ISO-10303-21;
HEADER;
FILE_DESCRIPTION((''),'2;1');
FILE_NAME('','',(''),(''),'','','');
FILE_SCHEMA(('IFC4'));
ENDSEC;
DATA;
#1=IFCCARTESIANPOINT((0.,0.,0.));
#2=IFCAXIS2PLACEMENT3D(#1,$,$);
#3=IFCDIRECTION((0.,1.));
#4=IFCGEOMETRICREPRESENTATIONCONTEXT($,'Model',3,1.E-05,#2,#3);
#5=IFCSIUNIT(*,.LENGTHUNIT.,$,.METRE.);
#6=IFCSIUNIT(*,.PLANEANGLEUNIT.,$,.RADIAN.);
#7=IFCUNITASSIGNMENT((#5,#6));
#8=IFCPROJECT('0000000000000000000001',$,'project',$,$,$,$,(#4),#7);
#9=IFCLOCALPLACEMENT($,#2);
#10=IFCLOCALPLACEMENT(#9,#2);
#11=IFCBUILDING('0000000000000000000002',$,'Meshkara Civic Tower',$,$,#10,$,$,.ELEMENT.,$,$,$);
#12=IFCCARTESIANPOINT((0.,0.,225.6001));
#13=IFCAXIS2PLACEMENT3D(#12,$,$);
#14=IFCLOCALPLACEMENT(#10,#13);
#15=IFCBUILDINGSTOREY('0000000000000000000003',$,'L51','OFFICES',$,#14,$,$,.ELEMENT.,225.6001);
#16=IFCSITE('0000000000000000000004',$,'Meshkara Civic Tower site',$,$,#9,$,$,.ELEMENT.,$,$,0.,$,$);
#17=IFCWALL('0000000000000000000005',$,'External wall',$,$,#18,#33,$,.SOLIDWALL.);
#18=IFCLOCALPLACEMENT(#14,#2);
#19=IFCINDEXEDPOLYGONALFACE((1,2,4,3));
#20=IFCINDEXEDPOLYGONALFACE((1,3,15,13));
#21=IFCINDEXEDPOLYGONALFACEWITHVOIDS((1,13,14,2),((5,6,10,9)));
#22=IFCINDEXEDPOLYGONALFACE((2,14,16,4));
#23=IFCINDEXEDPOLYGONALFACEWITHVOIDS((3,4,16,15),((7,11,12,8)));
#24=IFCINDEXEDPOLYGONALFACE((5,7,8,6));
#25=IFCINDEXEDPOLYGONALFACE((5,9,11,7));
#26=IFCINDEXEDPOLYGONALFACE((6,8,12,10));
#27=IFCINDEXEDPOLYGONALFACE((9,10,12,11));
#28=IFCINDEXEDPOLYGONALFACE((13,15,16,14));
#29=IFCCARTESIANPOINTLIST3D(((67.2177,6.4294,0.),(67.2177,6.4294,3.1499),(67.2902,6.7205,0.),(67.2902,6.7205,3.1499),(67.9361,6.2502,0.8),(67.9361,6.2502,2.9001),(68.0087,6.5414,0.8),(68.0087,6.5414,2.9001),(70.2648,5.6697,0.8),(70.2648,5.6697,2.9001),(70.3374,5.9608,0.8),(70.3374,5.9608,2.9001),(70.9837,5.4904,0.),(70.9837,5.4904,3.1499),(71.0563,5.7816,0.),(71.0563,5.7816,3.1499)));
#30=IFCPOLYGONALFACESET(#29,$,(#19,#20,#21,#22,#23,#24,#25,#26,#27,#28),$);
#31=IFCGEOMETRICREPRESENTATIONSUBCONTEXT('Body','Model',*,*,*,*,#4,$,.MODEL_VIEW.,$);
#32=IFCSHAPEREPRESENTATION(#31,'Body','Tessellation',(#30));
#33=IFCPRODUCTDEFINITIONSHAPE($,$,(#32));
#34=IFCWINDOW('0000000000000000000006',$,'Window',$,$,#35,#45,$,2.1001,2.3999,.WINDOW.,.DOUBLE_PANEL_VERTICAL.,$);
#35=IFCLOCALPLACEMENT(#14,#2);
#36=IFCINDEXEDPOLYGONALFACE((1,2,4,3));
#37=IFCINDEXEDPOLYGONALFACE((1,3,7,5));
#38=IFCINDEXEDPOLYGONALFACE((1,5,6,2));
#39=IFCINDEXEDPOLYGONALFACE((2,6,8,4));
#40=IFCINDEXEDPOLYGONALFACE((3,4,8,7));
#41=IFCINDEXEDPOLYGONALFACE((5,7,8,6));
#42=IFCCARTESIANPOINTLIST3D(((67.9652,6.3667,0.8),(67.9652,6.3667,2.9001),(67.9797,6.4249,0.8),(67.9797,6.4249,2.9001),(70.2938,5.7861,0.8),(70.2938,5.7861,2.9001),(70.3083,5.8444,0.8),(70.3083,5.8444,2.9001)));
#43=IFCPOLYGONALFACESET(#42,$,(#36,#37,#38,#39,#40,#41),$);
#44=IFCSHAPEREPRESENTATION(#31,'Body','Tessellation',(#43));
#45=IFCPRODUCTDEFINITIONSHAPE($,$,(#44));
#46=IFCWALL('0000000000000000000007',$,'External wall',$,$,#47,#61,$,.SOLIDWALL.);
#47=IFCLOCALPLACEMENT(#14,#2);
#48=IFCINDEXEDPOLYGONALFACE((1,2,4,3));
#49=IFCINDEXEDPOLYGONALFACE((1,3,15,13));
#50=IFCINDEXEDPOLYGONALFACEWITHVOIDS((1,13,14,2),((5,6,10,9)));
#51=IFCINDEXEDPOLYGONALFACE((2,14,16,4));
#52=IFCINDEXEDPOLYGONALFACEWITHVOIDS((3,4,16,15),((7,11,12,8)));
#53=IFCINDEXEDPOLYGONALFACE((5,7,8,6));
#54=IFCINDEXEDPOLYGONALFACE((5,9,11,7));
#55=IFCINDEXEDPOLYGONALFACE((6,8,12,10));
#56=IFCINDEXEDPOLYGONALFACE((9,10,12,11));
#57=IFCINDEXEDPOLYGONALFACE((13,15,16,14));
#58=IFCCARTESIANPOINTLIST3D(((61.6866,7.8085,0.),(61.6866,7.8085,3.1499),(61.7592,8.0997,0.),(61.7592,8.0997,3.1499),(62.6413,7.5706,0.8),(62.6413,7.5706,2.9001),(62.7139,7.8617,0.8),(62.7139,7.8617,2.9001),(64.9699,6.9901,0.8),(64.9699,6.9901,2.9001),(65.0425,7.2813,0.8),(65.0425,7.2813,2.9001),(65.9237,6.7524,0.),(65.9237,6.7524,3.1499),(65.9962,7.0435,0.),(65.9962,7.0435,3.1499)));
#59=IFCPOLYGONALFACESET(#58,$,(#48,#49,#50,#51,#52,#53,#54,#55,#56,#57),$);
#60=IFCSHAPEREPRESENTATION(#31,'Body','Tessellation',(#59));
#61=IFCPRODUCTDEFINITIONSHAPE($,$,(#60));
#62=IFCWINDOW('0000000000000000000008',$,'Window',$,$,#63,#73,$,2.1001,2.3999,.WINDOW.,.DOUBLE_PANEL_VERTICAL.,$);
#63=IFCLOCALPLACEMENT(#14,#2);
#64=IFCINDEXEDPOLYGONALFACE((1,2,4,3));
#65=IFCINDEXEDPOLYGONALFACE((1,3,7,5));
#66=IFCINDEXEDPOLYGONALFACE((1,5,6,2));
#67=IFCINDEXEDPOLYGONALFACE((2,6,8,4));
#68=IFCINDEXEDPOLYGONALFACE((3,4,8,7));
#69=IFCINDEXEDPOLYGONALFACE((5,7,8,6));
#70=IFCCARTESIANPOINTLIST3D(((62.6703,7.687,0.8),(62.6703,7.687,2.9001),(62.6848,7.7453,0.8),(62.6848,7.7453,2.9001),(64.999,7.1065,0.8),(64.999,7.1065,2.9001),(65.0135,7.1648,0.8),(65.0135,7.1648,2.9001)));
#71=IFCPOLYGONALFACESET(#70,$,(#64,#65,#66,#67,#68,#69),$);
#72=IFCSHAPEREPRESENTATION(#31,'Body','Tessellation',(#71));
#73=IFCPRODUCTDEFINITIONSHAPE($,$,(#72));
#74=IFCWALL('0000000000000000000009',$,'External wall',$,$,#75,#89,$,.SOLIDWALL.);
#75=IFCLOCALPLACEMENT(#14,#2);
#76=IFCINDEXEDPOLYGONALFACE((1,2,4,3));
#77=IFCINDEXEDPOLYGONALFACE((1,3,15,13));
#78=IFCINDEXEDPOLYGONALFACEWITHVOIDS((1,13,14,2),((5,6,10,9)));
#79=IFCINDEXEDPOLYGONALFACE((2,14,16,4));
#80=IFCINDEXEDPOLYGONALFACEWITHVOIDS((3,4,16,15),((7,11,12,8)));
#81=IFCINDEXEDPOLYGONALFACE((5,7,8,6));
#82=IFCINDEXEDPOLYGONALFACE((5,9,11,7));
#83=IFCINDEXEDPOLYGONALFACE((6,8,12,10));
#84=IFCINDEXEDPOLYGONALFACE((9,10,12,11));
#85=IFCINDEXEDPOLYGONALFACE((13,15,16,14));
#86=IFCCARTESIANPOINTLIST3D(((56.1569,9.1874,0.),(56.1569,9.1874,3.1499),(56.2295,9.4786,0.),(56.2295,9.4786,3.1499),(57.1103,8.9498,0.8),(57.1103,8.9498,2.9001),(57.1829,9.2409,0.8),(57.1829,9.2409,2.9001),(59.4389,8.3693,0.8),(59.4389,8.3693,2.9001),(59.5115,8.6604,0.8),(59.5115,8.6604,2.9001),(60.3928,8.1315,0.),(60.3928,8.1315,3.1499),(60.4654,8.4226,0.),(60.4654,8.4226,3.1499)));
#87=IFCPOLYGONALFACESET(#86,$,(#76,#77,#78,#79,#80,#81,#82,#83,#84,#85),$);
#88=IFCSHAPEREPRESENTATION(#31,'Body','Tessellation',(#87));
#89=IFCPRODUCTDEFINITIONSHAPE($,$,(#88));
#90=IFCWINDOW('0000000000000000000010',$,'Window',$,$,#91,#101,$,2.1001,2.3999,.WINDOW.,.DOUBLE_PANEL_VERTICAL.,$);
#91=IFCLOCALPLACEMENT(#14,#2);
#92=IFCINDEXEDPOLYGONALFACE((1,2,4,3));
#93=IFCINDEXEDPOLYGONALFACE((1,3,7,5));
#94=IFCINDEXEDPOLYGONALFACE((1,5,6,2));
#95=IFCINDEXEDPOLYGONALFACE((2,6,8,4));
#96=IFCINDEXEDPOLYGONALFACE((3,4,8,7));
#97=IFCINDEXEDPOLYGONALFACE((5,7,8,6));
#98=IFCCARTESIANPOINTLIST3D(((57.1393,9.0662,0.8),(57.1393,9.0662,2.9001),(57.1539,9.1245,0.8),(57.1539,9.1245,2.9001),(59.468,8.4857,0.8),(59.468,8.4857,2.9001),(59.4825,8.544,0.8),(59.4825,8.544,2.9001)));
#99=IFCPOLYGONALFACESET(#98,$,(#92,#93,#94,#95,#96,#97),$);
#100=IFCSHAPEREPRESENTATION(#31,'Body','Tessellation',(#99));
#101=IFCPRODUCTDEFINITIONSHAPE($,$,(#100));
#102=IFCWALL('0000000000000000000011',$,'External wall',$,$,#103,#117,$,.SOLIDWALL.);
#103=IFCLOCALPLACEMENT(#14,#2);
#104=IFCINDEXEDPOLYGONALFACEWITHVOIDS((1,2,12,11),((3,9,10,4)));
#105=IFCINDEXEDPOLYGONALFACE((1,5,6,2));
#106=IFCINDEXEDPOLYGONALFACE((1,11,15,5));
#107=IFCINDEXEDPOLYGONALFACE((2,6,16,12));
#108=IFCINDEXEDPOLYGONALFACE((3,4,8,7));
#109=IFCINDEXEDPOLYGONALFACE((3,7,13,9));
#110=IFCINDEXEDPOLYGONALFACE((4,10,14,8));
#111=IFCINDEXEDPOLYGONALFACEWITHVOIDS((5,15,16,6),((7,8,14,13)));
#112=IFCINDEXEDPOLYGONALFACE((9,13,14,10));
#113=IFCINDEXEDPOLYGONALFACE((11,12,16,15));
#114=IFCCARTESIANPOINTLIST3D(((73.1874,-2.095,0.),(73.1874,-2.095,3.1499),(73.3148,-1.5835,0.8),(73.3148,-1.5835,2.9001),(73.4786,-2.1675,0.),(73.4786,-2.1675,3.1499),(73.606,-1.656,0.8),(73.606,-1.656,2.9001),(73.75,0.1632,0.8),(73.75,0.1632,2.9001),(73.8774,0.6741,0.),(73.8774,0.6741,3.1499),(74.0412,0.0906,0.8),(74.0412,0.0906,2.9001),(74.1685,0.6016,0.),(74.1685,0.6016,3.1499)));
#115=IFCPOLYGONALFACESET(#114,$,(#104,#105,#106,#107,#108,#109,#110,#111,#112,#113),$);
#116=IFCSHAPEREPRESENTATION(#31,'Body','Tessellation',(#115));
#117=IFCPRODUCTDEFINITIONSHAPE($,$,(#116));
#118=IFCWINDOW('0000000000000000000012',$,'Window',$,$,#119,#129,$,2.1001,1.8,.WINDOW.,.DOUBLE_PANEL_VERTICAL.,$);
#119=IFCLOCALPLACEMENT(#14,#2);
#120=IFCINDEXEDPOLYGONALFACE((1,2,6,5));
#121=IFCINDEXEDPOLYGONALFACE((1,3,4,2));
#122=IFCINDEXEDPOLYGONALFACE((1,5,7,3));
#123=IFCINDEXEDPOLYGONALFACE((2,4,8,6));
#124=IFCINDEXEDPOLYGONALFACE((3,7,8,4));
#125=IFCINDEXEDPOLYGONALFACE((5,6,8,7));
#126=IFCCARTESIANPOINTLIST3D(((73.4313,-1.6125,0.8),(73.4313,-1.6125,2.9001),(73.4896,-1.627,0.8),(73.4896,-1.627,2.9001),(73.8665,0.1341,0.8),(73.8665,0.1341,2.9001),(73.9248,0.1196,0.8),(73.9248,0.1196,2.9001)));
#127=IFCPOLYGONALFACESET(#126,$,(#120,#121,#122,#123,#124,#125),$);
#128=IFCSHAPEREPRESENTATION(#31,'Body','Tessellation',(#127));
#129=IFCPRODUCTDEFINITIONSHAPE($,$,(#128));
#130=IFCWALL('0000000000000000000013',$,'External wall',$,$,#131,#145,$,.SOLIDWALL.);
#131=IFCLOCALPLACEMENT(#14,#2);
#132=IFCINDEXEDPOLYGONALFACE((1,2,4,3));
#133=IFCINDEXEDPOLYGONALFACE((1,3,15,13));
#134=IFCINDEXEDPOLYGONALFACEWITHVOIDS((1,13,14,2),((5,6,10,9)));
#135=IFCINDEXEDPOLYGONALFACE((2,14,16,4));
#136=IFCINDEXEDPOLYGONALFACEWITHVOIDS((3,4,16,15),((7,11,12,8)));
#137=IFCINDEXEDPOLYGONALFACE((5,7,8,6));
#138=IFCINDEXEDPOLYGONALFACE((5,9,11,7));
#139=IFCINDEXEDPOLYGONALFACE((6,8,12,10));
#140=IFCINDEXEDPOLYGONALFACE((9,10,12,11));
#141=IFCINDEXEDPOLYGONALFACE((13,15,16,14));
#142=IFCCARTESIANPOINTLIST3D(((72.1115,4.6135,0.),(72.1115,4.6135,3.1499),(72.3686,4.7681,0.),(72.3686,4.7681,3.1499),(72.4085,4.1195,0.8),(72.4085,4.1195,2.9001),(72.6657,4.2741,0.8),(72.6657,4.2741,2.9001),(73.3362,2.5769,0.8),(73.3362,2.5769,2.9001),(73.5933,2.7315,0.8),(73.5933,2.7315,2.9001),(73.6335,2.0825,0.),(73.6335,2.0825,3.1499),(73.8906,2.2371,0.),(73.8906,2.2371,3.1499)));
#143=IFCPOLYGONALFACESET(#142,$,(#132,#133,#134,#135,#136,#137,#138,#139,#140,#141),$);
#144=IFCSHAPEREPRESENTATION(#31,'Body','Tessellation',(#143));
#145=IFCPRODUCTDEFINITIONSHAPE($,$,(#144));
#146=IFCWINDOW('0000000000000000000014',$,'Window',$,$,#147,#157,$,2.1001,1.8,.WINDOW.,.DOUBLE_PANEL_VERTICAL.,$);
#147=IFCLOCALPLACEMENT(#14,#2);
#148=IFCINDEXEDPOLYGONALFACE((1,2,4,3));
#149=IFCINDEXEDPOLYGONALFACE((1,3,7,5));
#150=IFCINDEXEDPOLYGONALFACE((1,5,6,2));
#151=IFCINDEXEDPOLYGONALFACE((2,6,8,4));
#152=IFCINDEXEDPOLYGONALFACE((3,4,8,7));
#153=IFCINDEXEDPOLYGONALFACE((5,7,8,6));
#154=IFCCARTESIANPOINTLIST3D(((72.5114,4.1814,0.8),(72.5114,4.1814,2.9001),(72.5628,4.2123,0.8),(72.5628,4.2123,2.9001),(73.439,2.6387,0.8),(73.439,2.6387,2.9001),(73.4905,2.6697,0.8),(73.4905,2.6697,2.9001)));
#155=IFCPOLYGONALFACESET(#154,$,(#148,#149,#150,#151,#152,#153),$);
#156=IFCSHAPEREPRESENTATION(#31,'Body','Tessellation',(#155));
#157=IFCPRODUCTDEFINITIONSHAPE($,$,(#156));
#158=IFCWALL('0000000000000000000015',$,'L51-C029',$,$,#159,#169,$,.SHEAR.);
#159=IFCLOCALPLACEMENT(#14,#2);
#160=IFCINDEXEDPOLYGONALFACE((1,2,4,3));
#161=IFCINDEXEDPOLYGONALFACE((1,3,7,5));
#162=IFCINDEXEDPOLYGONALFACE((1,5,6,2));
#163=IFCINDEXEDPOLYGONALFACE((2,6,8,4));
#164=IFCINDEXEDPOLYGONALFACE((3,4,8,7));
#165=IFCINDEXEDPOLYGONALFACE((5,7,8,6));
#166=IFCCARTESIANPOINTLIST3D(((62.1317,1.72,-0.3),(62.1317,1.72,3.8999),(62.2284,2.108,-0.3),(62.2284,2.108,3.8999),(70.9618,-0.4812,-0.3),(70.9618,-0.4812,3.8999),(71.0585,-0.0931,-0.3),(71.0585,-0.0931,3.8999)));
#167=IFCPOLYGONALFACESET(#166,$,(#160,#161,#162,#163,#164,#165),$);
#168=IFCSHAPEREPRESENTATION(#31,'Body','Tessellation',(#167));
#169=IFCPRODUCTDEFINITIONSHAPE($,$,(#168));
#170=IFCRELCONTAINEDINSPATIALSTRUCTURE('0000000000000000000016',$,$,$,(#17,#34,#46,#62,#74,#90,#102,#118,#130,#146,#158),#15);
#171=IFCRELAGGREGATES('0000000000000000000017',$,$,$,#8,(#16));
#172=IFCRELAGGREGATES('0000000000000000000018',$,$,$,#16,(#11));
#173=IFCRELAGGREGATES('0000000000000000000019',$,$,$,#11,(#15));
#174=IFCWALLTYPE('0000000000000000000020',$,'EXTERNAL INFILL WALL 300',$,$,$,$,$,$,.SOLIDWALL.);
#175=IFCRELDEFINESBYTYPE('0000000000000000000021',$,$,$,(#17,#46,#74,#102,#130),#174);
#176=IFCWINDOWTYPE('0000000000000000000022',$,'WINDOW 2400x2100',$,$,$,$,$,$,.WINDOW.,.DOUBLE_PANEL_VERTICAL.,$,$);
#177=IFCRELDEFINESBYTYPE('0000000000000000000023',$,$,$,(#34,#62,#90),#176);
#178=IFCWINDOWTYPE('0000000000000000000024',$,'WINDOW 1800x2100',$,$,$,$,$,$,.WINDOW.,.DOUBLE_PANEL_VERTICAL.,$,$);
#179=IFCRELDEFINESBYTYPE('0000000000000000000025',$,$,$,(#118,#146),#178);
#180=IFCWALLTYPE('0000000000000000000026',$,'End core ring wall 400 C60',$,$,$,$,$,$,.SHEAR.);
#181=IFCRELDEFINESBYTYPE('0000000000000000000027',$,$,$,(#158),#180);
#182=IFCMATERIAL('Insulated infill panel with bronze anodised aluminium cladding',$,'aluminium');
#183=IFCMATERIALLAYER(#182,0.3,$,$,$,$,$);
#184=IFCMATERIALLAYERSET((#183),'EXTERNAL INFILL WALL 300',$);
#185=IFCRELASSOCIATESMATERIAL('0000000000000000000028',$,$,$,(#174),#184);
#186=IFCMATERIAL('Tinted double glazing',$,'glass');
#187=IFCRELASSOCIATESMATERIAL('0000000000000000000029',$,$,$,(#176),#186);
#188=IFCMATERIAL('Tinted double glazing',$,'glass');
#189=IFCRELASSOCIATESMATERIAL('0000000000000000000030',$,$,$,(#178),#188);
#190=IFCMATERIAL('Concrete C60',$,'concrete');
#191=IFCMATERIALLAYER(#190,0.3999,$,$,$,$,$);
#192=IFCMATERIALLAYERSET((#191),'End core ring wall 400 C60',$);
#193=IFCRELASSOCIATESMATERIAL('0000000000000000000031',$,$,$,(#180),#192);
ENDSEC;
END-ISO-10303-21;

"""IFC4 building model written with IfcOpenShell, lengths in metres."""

from ifc_helpers import new_model, si_unit, direction, frame, frame_2d, origin, place, context, subcontext, project, spatial, rectangle, extrude, material, layer, layer_set, type_object, element, fill, save


model = new_model("IFC4")

# Units and contexts
model_context = context("Model", 3, precision=1e-05, world=origin(), true_north=direction((0.0, 1.0)))
body_context = subcontext(model_context, "Body", "Model", "MODEL_VIEW")
ifc_project = project(units=[si_unit("LENGTHUNIT", "METRE"), si_unit("PLANEANGLEUNIT", "RADIAN")], contexts=[model_context])

# Site, building, storey
site_placement = place(None, origin())
site = spatial("IfcSite", under=ifc_project, at=site_placement, Name="Meshkara Civic Tower site", CompositionType="ELEMENT", RefElevation=0.0)
building_placement = place(site_placement, origin())
building = spatial("IfcBuilding", under=site, at=building_placement, Name="Meshkara Civic Tower", CompositionType="ELEMENT")
storey_placement = place(building_placement, frame((0.0, 0.0, 225.6001)))
storey = spatial("IfcBuildingStorey", under=building, at=storey_placement, Name="L51", Description="OFFICES", CompositionType="ELEMENT", Elevation=225.6001)

# Walls, openings, windows
ifc_material_1 = material(Name="Insulated infill panel with bronze anodised aluminium cladding", Category="aluminium")
ifc_layer_1 = layer(ifc_material_1, 0.3)
ifc_layer_set_1 = layer_set([ifc_layer_1], Name="EXTERNAL INFILL WALL 300")
wall_type_1 = type_object("IfcWallType", Name="EXTERNAL INFILL WALL 300", PredefinedType="SOLIDWALL", material=ifc_layer_set_1)
wall_1_placement = place(storey_placement, frame((71.02, 5.636, 0.0), z_axis=(0.0, 0.0, 1.0), x_axis=(-0.970298, 0.241914, 0.0)))
wall_1 = element("IfcWall", 1, at=wall_1_placement, inside=storey, type_object=wall_type_1, Name="External wall", PredefinedType="SOLIDWALL", context=body_context, shape_type="SweptSolid", body=[
    extrude(rectangle(XDim=3.8813, YDim=0.3, at=frame_2d((1.9407, 0.0))), origin(), (0.0, 0.0, 1.0), 3.1499),
])
opening_1_placement = place(wall_1_placement, frame((0.741, 0.0, 0.8)))
opening_1 = element("IfcOpeningElement", 2, at=opening_1_placement, cuts=wall_1, PredefinedType="OPENING", context=body_context, shape_type="SweptSolid", body=[
    extrude(rectangle(XDim=2.3999, YDim=2.1001, at=frame_2d((1.2, 1.05))), frame((0.0, 0.1599, 0.0), z_axis=(0.0, -1.0, 0.0), x_axis=(1.0, 0.0, 0.0)), (0.0, 0.0, 1.0), 0.3201),
])
ifc_material_2 = material(Name="Tinted double glazing", Category="glass")
window_type_1 = type_object("IfcWindowType", Name="WINDOW 2400x2100", PartitioningType="DOUBLE_PANEL_VERTICAL", PredefinedType="WINDOW", material=ifc_material_2)
window_1_placement = place(opening_1_placement, origin())
window_1 = element("IfcWindow", 3, at=window_1_placement, inside=storey, type_object=window_type_1, Name="Window", OverallHeight=2.1001, OverallWidth=2.3999, PartitioningType="DOUBLE_PANEL_VERTICAL", PredefinedType="WINDOW", context=body_context, shape_type="SweptSolid", body=[
    extrude(rectangle(XDim=2.3999, YDim=2.1001, at=frame_2d((1.2, 1.05))), frame((0.0, 0.03, 0.0), z_axis=(0.0, -1.0, 0.0), x_axis=(1.0, 0.0, 0.0)), (0.0, 0.0, 1.0), 0.0601),
])
fill(opening_1, window_1)
wall_2_placement = place(storey_placement, frame((65.96, 6.8979, 0.0), z_axis=(0.0, 0.0, 1.0), x_axis=(-0.97031, 0.241865, 0.0)))
wall_2 = element("IfcWall", 4, at=wall_2_placement, inside=storey, type_object=wall_type_1, Name="External wall", PredefinedType="SOLIDWALL", context=body_context, shape_type="SweptSolid", body=[
    extrude(rectangle(XDim=4.3667, YDim=0.3, at=frame_2d((2.1833, 0.0))), origin(), (0.0, 0.0, 1.0), 3.1499),
])
opening_2_placement = place(wall_2_placement, frame((0.9829, 0.0, 0.8)))
opening_2 = element("IfcOpeningElement", 5, at=opening_2_placement, cuts=wall_2, PredefinedType="OPENING", context=body_context, shape_type="SweptSolid", body=[
    extrude(rectangle(XDim=2.3999, YDim=2.1001, at=frame_2d((1.2, 1.05))), frame((0.0, 0.1599, 0.0), z_axis=(0.0, -1.0, 0.0), x_axis=(1.0, 0.0, 0.0)), (0.0, 0.0, 1.0), 0.3201),
])
window_2_placement = place(opening_2_placement, origin())
window_2 = element("IfcWindow", 6, at=window_2_placement, inside=storey, type_object=window_type_1, Name="Window", OverallHeight=2.1001, OverallWidth=2.3999, PartitioningType="DOUBLE_PANEL_VERTICAL", PredefinedType="WINDOW", context=body_context, shape_type="SweptSolid", body=[
    extrude(rectangle(XDim=2.3999, YDim=2.1001, at=frame_2d((1.2, 1.05))), frame((0.0, 0.03, 0.0), z_axis=(0.0, -1.0, 0.0), x_axis=(1.0, 0.0, 0.0)), (0.0, 0.0, 1.0), 0.0601),
])
fill(opening_2, window_2)
wall_3_placement = place(storey_placement, frame((60.429, 8.2771, 0.0), z_axis=(0.0, 0.0, 1.0), x_axis=(-0.970307, 0.241878, 0.0)))
wall_3 = element("IfcWall", 7, at=wall_3_placement, inside=storey, type_object=wall_type_1, Name="External wall", PredefinedType="SOLIDWALL", context=body_context, shape_type="SweptSolid", body=[
    extrude(rectangle(XDim=4.3655, YDim=0.3, at=frame_2d((2.1826, 0.0))), origin(), (0.0, 0.0, 1.0), 3.1499),
])
opening_3_placement = place(wall_3_placement, frame((0.9829, 0.0, 0.8)))
opening_3 = element("IfcOpeningElement", 8, at=opening_3_placement, cuts=wall_3, PredefinedType="OPENING", context=body_context, shape_type="SweptSolid", body=[
    extrude(rectangle(XDim=2.3999, YDim=2.1001, at=frame_2d((1.2, 1.05))), frame((0.0, 0.1599, 0.0), z_axis=(0.0, -1.0, 0.0), x_axis=(1.0, 0.0, 0.0)), (0.0, 0.0, 1.0), 0.3201),
])
window_3_placement = place(opening_3_placement, origin())
window_3 = element("IfcWindow", 9, at=window_3_placement, inside=storey, type_object=window_type_1, Name="Window", OverallHeight=2.1001, OverallWidth=2.3999, PartitioningType="DOUBLE_PANEL_VERTICAL", PredefinedType="WINDOW", context=body_context, shape_type="SweptSolid", body=[
    extrude(rectangle(XDim=2.3999, YDim=2.1001, at=frame_2d((1.2, 1.05))), frame((0.0, 0.03, 0.0), z_axis=(0.0, -1.0, 0.0), x_axis=(1.0, 0.0, 0.0)), (0.0, 0.0, 1.0), 0.0601),
])
fill(opening_3, window_3)
wall_4_placement = place(storey_placement, frame((73.333, -2.1311, 0.0), z_axis=(0.0, 0.0, 1.0), x_axis=(0.241771, 0.970333, 0.0)))
wall_4 = element("IfcWall", 10, at=wall_4_placement, inside=storey, type_object=wall_type_1, Name="External wall", PredefinedType="SOLIDWALL", context=body_context, shape_type="SweptSolid", body=[
    extrude(rectangle(XDim=2.8538, YDim=0.3, at=frame_2d((1.4268, 0.0))), origin(), (0.0, 0.0, 1.0), 3.1499),
])
opening_4_placement = place(wall_4_placement, frame((0.5271, 0.0, 0.8)))
opening_4 = element("IfcOpeningElement", 11, at=opening_4_placement, cuts=wall_4, PredefinedType="OPENING", context=body_context, shape_type="SweptSolid", body=[
    extrude(rectangle(XDim=1.8, YDim=2.1001, at=frame_2d((0.8999, 1.05))), frame((0.0, 0.1599, 0.0), z_axis=(0.0, -1.0, 0.0), x_axis=(1.0, 0.0, 0.0)), (0.0, 0.0, 1.0), 0.3201),
])
ifc_material_3 = material(Name="Tinted double glazing", Category="glass")
window_type_2 = type_object("IfcWindowType", Name="WINDOW 1800x2100", PartitioningType="DOUBLE_PANEL_VERTICAL", PredefinedType="WINDOW", material=ifc_material_3)
window_4_placement = place(opening_4_placement, origin())
window_4 = element("IfcWindow", 12, at=window_4_placement, inside=storey, type_object=window_type_2, Name="Window", OverallHeight=2.1001, OverallWidth=1.8, PartitioningType="DOUBLE_PANEL_VERTICAL", PredefinedType="WINDOW", context=body_context, shape_type="SweptSolid", body=[
    extrude(rectangle(XDim=1.8, YDim=2.1001, at=frame_2d((0.8999, 1.05))), frame((0.0, 0.03, 0.0), z_axis=(0.0, -1.0, 0.0), x_axis=(1.0, 0.0, 0.0)), (0.0, 0.0, 1.0), 0.0601),
])
fill(opening_4, window_4)
wall_5_placement = place(storey_placement, frame((73.762, 2.1599, 0.0), z_axis=(0.0, 0.0, 1.0), x_axis=(-0.515334, 0.856989, 0.0)))
wall_5 = element("IfcWall", 13, at=wall_5_placement, inside=storey, type_object=wall_type_1, Name="External wall", PredefinedType="SOLIDWALL", context=body_context, shape_type="SweptSolid", body=[
    extrude(rectangle(XDim=2.9534, YDim=0.3, at=frame_2d((1.4766, 0.0))), origin(), (0.0, 0.0, 1.0), 3.1499),
])
opening_5_placement = place(wall_5_placement, frame((0.5769, 0.0, 0.8)))
opening_5 = element("IfcOpeningElement", 14, at=opening_5_placement, cuts=wall_5, PredefinedType="OPENING", context=body_context, shape_type="SweptSolid", body=[
    extrude(rectangle(XDim=1.8, YDim=2.1001, at=frame_2d((0.8999, 1.05))), frame((0.0, 0.1599, 0.0), z_axis=(0.0, -1.0, 0.0), x_axis=(1.0, 0.0, 0.0)), (0.0, 0.0, 1.0), 0.3201),
])
window_5_placement = place(opening_5_placement, origin())
window_5 = element("IfcWindow", 15, at=window_5_placement, inside=storey, type_object=window_type_2, Name="Window", OverallHeight=2.1001, OverallWidth=1.8, PartitioningType="DOUBLE_PANEL_VERTICAL", PredefinedType="WINDOW", context=body_context, shape_type="SweptSolid", body=[
    extrude(rectangle(XDim=1.8, YDim=2.1001, at=frame_2d((0.8999, 1.05))), frame((0.0, 0.03, 0.0), z_axis=(0.0, -1.0, 0.0), x_axis=(1.0, 0.0, 0.0)), (0.0, 0.0, 1.0), 0.0601),
])
fill(opening_5, window_5)

# Wall
ifc_material_4 = material(Name="Concrete C60", Category="concrete")
ifc_layer_2 = layer(ifc_material_4, 0.3999)
ifc_layer_set_2 = layer_set([ifc_layer_2], Name="End core ring wall 400 C60")
wall_type_2 = type_object("IfcWallType", Name="End core ring wall 400 C60", PredefinedType="SHEAR", material=ifc_layer_set_2)
wall_6_placement = place(storey_placement, frame((62.1799, 1.9141, -0.3), z_axis=(0.0, 0.0, 1.0), x_axis=(0.970306, -0.241879, 0.0)))
element("IfcWall", 16, at=wall_6_placement, inside=storey, type_object=wall_type_2, Name="L51-C029", PredefinedType="SHEAR", context=body_context, shape_type="SweptSolid", body=[
    extrude(rectangle(XDim=9.1003, YDim=0.3999, at=frame_2d((4.5503, 0.0))), origin(), (0.0, 0.0, 1.0), 4.2),
])

save(model, "model.ifc")
